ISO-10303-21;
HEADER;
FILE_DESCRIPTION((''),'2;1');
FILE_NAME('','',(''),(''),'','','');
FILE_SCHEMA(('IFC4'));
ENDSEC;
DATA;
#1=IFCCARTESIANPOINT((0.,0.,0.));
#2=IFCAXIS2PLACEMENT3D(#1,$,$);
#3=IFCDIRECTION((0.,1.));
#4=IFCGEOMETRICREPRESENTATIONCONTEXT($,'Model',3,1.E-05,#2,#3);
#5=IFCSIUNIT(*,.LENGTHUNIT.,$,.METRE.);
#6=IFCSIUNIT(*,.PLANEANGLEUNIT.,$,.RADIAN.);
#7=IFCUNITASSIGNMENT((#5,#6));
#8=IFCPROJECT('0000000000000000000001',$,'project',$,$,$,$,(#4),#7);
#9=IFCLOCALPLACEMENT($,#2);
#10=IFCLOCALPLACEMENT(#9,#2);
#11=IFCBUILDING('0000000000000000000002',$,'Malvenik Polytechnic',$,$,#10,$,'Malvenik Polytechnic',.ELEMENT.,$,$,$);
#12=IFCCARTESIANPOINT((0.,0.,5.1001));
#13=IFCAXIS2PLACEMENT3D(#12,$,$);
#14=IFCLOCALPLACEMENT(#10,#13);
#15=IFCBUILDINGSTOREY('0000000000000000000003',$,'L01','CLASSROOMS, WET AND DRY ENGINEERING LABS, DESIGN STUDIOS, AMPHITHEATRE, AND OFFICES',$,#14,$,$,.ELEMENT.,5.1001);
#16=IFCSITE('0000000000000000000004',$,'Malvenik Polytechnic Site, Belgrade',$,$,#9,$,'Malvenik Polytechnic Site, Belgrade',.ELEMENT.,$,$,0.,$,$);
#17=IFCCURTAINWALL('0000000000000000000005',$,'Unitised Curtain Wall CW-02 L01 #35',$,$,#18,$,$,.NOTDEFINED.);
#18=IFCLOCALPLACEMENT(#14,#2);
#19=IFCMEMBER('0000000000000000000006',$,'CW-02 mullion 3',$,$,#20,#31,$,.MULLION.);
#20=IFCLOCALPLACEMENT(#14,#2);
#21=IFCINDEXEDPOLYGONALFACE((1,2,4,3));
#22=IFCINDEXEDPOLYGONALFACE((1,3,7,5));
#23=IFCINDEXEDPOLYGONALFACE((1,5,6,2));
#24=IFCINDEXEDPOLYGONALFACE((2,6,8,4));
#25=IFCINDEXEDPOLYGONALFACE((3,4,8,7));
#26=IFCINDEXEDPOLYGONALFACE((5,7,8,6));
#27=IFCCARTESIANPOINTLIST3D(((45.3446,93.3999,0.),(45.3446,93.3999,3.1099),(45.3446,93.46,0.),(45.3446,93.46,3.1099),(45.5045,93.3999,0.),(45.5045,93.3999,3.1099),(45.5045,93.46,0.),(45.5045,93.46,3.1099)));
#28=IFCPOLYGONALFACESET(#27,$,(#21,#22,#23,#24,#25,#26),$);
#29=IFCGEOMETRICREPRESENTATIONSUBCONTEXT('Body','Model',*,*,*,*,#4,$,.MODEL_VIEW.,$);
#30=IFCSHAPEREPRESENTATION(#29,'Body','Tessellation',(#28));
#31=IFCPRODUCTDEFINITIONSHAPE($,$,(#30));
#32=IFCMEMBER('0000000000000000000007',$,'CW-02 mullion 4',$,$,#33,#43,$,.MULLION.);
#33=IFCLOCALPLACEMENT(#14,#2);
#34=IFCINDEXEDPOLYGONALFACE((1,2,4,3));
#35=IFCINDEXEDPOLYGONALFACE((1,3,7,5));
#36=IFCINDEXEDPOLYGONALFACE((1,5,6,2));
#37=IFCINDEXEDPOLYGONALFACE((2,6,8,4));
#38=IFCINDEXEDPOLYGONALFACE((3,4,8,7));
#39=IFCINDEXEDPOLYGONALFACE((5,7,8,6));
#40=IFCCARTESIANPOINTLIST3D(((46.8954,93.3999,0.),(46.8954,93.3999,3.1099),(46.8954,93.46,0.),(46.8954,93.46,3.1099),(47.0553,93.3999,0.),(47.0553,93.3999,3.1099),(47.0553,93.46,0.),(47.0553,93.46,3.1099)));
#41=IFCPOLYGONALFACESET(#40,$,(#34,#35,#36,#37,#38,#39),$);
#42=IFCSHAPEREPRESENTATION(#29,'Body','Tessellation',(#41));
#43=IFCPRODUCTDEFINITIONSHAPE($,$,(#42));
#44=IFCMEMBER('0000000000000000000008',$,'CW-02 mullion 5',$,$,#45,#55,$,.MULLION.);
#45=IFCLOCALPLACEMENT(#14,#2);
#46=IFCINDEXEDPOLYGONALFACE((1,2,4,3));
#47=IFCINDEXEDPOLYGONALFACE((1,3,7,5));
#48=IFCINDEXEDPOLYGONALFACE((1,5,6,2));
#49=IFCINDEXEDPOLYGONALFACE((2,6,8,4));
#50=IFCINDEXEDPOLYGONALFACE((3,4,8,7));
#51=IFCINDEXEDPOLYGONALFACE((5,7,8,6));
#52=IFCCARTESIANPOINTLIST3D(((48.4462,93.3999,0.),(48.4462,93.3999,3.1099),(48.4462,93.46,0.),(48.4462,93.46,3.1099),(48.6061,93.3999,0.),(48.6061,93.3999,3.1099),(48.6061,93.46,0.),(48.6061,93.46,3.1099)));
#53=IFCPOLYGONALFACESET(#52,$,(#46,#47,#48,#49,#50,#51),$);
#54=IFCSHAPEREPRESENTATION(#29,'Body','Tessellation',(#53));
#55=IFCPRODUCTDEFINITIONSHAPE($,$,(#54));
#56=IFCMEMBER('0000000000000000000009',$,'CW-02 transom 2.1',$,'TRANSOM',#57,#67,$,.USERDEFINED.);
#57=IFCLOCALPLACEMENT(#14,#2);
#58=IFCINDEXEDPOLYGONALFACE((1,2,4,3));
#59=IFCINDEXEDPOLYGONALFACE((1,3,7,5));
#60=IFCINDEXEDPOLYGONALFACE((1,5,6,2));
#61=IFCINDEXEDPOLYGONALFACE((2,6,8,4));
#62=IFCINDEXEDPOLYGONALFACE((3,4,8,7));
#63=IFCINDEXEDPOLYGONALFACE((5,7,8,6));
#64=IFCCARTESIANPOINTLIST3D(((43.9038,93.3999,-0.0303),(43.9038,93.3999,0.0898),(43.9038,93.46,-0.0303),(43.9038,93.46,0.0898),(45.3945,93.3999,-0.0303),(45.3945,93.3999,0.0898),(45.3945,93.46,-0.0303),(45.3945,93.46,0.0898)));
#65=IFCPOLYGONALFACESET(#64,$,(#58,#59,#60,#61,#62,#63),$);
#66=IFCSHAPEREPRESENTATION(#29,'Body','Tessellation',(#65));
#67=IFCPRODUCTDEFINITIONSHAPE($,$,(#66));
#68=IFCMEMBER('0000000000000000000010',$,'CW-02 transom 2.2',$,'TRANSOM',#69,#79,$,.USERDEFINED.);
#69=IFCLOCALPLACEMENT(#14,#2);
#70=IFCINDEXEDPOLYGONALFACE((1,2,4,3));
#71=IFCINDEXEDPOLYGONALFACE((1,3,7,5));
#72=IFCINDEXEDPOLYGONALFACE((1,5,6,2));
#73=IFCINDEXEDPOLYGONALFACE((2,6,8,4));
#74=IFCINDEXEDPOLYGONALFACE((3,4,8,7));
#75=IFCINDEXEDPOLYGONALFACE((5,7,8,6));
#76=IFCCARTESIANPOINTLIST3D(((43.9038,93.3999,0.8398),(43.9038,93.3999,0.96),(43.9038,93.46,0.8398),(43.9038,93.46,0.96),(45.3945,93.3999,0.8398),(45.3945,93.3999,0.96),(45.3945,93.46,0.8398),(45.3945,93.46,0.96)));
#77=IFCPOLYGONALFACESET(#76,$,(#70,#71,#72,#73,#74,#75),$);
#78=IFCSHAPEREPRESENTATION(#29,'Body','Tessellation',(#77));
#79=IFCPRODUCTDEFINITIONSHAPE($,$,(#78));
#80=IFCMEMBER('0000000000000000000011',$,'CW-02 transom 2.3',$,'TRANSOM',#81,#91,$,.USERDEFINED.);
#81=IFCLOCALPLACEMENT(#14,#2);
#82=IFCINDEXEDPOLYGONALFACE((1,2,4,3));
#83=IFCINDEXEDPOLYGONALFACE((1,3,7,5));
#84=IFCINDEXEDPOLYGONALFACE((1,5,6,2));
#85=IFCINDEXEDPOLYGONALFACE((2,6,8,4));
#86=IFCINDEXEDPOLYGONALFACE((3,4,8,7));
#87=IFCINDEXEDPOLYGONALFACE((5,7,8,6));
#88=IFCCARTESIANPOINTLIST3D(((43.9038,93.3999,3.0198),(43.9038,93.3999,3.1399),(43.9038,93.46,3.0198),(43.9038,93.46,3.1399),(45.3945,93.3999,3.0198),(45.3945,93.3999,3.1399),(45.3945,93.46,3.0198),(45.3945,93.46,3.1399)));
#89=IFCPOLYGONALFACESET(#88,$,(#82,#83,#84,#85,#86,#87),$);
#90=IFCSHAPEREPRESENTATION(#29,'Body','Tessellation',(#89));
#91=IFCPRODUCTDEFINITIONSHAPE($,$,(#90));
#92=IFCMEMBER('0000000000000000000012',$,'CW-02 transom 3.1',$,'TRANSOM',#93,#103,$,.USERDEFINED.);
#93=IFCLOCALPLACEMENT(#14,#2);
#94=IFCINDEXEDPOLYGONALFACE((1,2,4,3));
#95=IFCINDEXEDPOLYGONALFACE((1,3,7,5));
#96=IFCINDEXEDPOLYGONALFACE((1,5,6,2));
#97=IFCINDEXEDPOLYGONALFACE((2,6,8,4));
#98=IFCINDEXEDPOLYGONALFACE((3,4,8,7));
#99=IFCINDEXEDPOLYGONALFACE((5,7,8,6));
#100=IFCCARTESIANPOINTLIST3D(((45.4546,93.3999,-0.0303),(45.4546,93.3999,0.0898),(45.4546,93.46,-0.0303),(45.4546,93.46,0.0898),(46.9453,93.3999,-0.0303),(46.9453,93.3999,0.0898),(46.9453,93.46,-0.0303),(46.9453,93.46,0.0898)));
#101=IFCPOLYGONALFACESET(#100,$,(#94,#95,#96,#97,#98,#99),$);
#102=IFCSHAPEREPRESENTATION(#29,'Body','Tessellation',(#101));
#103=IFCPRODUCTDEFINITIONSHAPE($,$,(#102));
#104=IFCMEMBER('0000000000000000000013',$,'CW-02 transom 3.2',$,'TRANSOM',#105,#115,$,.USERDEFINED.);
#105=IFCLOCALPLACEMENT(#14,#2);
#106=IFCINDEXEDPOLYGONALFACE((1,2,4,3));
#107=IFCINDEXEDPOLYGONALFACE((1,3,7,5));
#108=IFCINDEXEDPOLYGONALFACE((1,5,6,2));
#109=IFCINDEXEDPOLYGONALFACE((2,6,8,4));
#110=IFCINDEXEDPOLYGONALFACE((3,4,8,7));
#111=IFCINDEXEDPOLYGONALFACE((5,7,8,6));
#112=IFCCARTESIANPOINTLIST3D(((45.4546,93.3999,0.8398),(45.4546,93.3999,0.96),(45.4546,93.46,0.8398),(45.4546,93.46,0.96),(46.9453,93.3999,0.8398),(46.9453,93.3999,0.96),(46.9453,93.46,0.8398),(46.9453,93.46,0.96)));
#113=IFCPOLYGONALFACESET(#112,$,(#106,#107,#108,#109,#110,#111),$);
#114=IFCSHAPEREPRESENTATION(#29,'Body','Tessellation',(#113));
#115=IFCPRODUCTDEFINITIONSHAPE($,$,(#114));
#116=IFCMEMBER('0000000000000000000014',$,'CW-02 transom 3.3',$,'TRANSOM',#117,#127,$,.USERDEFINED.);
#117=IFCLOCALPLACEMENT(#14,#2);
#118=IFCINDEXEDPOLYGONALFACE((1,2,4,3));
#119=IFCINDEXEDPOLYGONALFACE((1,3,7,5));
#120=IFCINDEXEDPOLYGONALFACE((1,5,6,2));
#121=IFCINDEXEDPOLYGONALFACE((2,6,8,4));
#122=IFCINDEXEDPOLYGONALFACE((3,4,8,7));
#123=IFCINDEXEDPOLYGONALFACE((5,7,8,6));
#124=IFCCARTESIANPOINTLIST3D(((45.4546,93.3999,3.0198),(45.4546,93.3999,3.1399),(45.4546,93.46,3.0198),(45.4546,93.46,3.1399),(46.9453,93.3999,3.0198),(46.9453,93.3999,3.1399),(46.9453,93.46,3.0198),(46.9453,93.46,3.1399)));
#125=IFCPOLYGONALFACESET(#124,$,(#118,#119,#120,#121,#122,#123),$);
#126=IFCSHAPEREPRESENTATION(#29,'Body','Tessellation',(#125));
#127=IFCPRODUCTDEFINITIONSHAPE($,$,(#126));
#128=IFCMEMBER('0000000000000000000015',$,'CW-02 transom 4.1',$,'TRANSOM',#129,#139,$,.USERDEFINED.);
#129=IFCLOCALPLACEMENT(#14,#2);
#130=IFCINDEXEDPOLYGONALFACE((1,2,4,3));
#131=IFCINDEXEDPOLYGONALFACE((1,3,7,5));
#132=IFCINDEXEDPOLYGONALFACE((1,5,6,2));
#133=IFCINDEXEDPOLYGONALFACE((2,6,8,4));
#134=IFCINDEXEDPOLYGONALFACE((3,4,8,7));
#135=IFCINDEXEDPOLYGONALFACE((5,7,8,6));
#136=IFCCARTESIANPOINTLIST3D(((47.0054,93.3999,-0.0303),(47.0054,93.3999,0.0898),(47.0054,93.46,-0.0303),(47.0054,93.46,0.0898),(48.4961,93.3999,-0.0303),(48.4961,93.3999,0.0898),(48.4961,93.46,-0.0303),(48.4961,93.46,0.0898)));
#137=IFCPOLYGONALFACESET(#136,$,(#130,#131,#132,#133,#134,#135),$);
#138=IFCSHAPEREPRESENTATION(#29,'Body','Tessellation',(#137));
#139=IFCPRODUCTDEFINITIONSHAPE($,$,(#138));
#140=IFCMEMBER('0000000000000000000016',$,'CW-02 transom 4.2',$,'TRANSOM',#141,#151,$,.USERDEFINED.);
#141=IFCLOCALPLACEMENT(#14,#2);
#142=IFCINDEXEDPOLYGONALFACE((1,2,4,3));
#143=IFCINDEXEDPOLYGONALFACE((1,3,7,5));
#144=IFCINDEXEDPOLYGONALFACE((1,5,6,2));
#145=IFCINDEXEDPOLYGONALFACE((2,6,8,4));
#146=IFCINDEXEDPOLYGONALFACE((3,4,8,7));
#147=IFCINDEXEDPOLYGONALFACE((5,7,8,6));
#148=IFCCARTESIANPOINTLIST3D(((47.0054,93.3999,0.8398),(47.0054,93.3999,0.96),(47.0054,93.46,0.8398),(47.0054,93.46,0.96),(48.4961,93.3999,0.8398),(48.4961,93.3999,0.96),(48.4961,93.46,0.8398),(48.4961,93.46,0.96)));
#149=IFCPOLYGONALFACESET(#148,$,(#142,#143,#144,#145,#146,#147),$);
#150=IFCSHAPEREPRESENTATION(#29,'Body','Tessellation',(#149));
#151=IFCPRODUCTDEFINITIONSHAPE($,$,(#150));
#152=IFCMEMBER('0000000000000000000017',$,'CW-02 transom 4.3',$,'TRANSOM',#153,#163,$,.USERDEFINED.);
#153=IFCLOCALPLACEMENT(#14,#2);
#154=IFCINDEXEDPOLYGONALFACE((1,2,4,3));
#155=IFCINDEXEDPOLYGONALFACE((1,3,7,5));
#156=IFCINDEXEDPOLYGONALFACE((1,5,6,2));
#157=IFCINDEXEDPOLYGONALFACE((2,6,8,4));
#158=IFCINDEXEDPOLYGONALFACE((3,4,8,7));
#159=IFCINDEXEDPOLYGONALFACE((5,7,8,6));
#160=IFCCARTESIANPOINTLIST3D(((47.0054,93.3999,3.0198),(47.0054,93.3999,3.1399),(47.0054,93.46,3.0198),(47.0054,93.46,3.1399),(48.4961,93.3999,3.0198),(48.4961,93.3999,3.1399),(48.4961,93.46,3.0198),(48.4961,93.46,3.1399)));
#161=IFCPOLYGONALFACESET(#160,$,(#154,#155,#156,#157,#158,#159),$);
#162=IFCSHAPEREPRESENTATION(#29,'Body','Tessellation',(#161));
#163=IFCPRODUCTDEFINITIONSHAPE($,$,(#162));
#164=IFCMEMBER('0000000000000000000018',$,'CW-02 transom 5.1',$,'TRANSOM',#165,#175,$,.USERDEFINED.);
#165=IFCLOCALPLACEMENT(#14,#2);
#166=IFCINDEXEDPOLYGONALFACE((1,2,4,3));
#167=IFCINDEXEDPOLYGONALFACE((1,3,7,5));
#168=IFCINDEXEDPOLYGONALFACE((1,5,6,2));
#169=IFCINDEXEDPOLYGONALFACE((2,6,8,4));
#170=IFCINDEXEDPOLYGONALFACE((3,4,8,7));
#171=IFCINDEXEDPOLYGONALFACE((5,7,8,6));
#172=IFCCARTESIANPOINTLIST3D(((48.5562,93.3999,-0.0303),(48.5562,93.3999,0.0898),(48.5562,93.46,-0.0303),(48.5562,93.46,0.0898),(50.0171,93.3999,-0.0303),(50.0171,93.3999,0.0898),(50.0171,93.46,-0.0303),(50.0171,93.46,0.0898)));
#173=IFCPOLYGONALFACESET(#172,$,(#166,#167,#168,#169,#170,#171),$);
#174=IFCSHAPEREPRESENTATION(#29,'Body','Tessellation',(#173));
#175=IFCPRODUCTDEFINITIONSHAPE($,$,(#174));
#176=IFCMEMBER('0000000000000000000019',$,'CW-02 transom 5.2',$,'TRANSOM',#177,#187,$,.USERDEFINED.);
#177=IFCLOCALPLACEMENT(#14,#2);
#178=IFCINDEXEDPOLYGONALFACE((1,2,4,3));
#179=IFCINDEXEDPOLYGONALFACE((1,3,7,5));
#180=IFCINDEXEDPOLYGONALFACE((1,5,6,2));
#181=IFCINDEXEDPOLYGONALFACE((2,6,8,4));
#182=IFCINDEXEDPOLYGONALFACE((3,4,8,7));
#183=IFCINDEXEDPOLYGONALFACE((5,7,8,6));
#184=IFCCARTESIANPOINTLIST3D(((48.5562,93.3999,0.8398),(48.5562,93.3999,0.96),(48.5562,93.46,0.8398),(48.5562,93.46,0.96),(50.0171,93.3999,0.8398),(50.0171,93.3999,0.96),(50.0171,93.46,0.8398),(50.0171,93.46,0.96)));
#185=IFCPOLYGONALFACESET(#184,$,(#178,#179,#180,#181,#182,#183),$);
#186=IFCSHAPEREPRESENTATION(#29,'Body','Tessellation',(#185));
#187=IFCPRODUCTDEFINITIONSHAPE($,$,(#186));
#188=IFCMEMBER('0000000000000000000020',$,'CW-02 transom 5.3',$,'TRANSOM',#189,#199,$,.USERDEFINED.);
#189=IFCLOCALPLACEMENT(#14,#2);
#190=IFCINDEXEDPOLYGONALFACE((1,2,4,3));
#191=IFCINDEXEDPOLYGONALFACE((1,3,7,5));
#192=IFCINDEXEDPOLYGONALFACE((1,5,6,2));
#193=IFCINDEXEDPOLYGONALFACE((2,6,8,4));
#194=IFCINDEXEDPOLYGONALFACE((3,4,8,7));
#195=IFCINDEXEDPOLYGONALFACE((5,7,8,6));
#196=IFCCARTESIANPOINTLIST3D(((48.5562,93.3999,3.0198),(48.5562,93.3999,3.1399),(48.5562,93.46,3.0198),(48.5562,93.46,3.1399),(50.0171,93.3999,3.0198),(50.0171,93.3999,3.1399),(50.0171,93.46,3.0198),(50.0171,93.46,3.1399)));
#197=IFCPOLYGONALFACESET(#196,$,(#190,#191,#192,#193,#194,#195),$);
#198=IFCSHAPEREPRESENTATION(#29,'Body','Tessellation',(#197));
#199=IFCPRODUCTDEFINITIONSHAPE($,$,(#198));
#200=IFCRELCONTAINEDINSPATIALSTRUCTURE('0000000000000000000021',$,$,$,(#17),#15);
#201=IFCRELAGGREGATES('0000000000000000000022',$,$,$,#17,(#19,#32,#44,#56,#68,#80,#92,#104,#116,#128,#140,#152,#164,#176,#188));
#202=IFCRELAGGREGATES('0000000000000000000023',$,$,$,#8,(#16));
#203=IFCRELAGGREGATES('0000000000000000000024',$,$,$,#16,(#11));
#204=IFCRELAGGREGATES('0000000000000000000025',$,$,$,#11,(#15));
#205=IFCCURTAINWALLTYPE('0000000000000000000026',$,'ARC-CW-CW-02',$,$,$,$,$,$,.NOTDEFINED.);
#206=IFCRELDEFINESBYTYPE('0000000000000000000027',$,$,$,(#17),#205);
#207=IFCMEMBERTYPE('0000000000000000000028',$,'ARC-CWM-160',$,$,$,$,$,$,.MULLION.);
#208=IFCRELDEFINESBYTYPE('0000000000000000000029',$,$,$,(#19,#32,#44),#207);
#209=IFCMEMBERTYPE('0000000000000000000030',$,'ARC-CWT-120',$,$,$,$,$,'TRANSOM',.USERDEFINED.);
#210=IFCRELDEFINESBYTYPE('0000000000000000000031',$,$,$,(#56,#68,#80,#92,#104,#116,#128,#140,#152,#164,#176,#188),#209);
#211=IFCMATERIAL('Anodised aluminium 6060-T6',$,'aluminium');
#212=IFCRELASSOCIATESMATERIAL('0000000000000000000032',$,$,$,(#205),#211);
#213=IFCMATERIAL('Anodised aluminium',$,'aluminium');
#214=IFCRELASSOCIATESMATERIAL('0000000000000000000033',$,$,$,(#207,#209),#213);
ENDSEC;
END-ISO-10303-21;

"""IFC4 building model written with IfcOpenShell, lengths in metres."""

from ifc_helpers import new_model, si_unit, direction, frame, origin, origin_2d, place, context, subcontext, project, spatial, rectangle, extrude, material, material_profile, profile_set, type_object, element, aggregate, save


model = new_model("IFC4")

# Units and contexts
model_context = context("Model", 3, precision=1e-05, world=origin(), true_north=direction((0.0, 1.0)))
body_context = subcontext(model_context, "Body", "Model", "MODEL_VIEW")
ifc_project = project(units=[si_unit("LENGTHUNIT", "METRE"), si_unit("PLANEANGLEUNIT", "RADIAN")], contexts=[model_context])

# Site, building, storey
site_placement = place(None, origin())
site = spatial("IfcSite", under=ifc_project, at=site_placement, Name="Malvenik Polytechnic Site, Belgrade", LongName="Malvenik Polytechnic Site, Belgrade", CompositionType="ELEMENT", RefElevation=0.0)
building_placement = place(site_placement, origin())
building = spatial("IfcBuilding", under=site, at=building_placement, Name="Malvenik Polytechnic", LongName="Malvenik Polytechnic", CompositionType="ELEMENT")
storey_placement = place(building_placement, frame((0.0, 0.0, 5.1001)))
storey = spatial("IfcBuildingStorey", under=building, at=storey_placement, Name="L01", Description="CLASSROOMS, WET AND DRY ENGINEERING LABS, DESIGN STUDIOS, AMPHITHEATRE, AND OFFICES", CompositionType="ELEMENT", Elevation=5.1001)

# Curtain wall, members
ifc_material_1 = material(Name="Anodised aluminium 6060-T6", Category="aluminium")
curtain_wall_type = type_object("IfcCurtainWallType", Name="ARC-CW-CW-02", PredefinedType="NOTDEFINED", material=ifc_material_1)
curtain_wall_placement = place(storey_placement, origin())
curtain_wall = element("IfcCurtainWall", 1, at=curtain_wall_placement, inside=storey, type_object=curtain_wall_type, Name="Unitised Curtain Wall CW-02 L01 #35", PredefinedType="NOTDEFINED")
ifc_material_2 = material(Name="Anodised aluminium", Category="aluminium")
ifc_material_profile_1 = material_profile(ifc_material_2, rectangle(XDim=0.0601, YDim=0.1599, at=origin_2d()), Name="ALU MULLION 60x160")
ifc_profile_set_1 = profile_set([ifc_material_profile_1], Name="Anodised aluminium")
member_type_1 = type_object("IfcMemberType", Name="ARC-CWM-160", PredefinedType="MULLION", material=ifc_profile_set_1)
member_1_placement = place(storey_placement, frame((45.4246, 93.4299, 0.0), z_axis=(0.0, 0.0, 1.0), x_axis=(0.0, 1.0, 0.0)))
member_1 = element("IfcMember", 2, at=member_1_placement, type_object=member_type_1, Name="CW-02 mullion 3", PredefinedType="MULLION", context=body_context, shape_type="SweptSolid", body=[
    extrude(rectangle(XDim=0.0601, YDim=0.1599, at=origin_2d()), origin(), (0.0, 0.0, 1.0), 3.1099),
])
member_2_placement = place(storey_placement, frame((46.9753, 93.4299, 0.0), z_axis=(0.0, 0.0, 1.0), x_axis=(0.0, 1.0, 0.0)))
member_2 = element("IfcMember", 3, at=member_2_placement, type_object=member_type_1, Name="CW-02 mullion 4", PredefinedType="MULLION", context=body_context, shape_type="SweptSolid", body=[
    extrude(rectangle(XDim=0.0601, YDim=0.1599, at=origin_2d()), origin(), (0.0, 0.0, 1.0), 3.1099),
])
member_3_placement = place(storey_placement, frame((48.5261, 93.4299, 0.0), z_axis=(0.0, 0.0, 1.0), x_axis=(0.0, 1.0, 0.0)))
member_3 = element("IfcMember", 4, at=member_3_placement, type_object=member_type_1, Name="CW-02 mullion 5", PredefinedType="MULLION", context=body_context, shape_type="SweptSolid", body=[
    extrude(rectangle(XDim=0.0601, YDim=0.1599, at=origin_2d()), origin(), (0.0, 0.0, 1.0), 3.1099),
])
ifc_material_profile_2 = material_profile(ifc_material_2, rectangle(XDim=0.0601, YDim=0.1201, at=origin_2d()), Name="ALU TRANSOM 60x120")
ifc_profile_set_2 = profile_set([ifc_material_profile_2], Name="Anodised aluminium")
member_type_2 = type_object("IfcMemberType", Name="ARC-CWT-120", ElementType="TRANSOM", PredefinedType="USERDEFINED", material=ifc_profile_set_2)
member_4_placement = place(storey_placement, frame((43.9038, 93.4299, 0.0298), z_axis=(1.0, 0.0, 0.0), x_axis=(0.0, 1.0, 0.0)))
member_4 = element("IfcMember", 5, at=member_4_placement, type_object=member_type_2, Name="CW-02 transom 2.1", ObjectType="TRANSOM", PredefinedType="USERDEFINED", context=body_context, shape_type="SweptSolid", body=[
    extrude(rectangle(XDim=0.0601, YDim=0.1201, at=origin_2d()), origin(), (0.0, 0.0, 1.0), 1.4907),
])
member_5_placement = place(storey_placement, frame((43.9038, 93.4299, 0.8999), z_axis=(1.0, 0.0, 0.0), x_axis=(0.0, 1.0, 0.0)))
member_5 = element("IfcMember", 6, at=member_5_placement, type_object=member_type_2, Name="CW-02 transom 2.2", ObjectType="TRANSOM", PredefinedType="USERDEFINED", context=body_context, shape_type="SweptSolid", body=[
    extrude(rectangle(XDim=0.0601, YDim=0.1201, at=origin_2d()), origin(), (0.0, 0.0, 1.0), 1.4907),
])
member_6_placement = place(storey_placement, frame((43.9038, 93.4299, 3.0798), z_axis=(1.0, 0.0, 0.0), x_axis=(0.0, 1.0, 0.0)))
member_6 = element("IfcMember", 7, at=member_6_placement, type_object=member_type_2, Name="CW-02 transom 2.3", ObjectType="TRANSOM", PredefinedType="USERDEFINED", context=body_context, shape_type="SweptSolid", body=[
    extrude(rectangle(XDim=0.0601, YDim=0.1201, at=origin_2d()), origin(), (0.0, 0.0, 1.0), 1.4907),
])
member_7_placement = place(storey_placement, frame((45.4546, 93.4299, 0.0298), z_axis=(1.0, 0.0, 0.0), x_axis=(0.0, 1.0, 0.0)))
member_7 = element("IfcMember", 8, at=member_7_placement, type_object=member_type_2, Name="CW-02 transom 3.1", ObjectType="TRANSOM", PredefinedType="USERDEFINED", context=body_context, shape_type="SweptSolid", body=[
    extrude(rectangle(XDim=0.0601, YDim=0.1201, at=origin_2d()), origin(), (0.0, 0.0, 1.0), 1.4907),
])
member_8_placement = place(storey_placement, frame((45.4546, 93.4299, 0.8999), z_axis=(1.0, 0.0, 0.0), x_axis=(0.0, 1.0, 0.0)))
member_8 = element("IfcMember", 9, at=member_8_placement, type_object=member_type_2, Name="CW-02 transom 3.2", ObjectType="TRANSOM", PredefinedType="USERDEFINED", context=body_context, shape_type="SweptSolid", body=[
    extrude(rectangle(XDim=0.0601, YDim=0.1201, at=origin_2d()), origin(), (0.0, 0.0, 1.0), 1.4907),
])
member_9_placement = place(storey_placement, frame((45.4546, 93.4299, 3.0798), z_axis=(1.0, 0.0, 0.0), x_axis=(0.0, 1.0, 0.0)))
member_9 = element("IfcMember", 10, at=member_9_placement, type_object=member_type_2, Name="CW-02 transom 3.3", ObjectType="TRANSOM", PredefinedType="USERDEFINED", context=body_context, shape_type="SweptSolid", body=[
    extrude(rectangle(XDim=0.0601, YDim=0.1201, at=origin_2d()), origin(), (0.0, 0.0, 1.0), 1.4907),
])
member_10_placement = place(storey_placement, frame((47.0054, 93.4299, 0.0298), z_axis=(1.0, 0.0, 0.0), x_axis=(0.0, 1.0, 0.0)))
member_10 = element("IfcMember", 11, at=member_10_placement, type_object=member_type_2, Name="CW-02 transom 4.1", ObjectType="TRANSOM", PredefinedType="USERDEFINED", context=body_context, shape_type="SweptSolid", body=[
    extrude(rectangle(XDim=0.0601, YDim=0.1201, at=origin_2d()), origin(), (0.0, 0.0, 1.0), 1.4907),
])
member_11_placement = place(storey_placement, frame((47.0054, 93.4299, 0.8999), z_axis=(1.0, 0.0, 0.0), x_axis=(0.0, 1.0, 0.0)))
member_11 = element("IfcMember", 12, at=member_11_placement, type_object=member_type_2, Name="CW-02 transom 4.2", ObjectType="TRANSOM", PredefinedType="USERDEFINED", context=body_context, shape_type="SweptSolid", body=[
    extrude(rectangle(XDim=0.0601, YDim=0.1201, at=origin_2d()), origin(), (0.0, 0.0, 1.0), 1.4907),
])
member_12_placement = place(storey_placement, frame((47.0054, 93.4299, 3.0798), z_axis=(1.0, 0.0, 0.0), x_axis=(0.0, 1.0, 0.0)))
member_12 = element("IfcMember", 13, at=member_12_placement, type_object=member_type_2, Name="CW-02 transom 4.3", ObjectType="TRANSOM", PredefinedType="USERDEFINED", context=body_context, shape_type="SweptSolid", body=[
    extrude(rectangle(XDim=0.0601, YDim=0.1201, at=origin_2d()), origin(), (0.0, 0.0, 1.0), 1.4907),
])
member_13_placement = place(storey_placement, frame((48.5562, 93.4299, 0.0298), z_axis=(1.0, 0.0, 0.0), x_axis=(0.0, 1.0, 0.0)))
member_13 = element("IfcMember", 14, at=member_13_placement, type_object=member_type_2, Name="CW-02 transom 5.1", ObjectType="TRANSOM", PredefinedType="USERDEFINED", context=body_context, shape_type="SweptSolid", body=[
    extrude(rectangle(XDim=0.0601, YDim=0.1201, at=origin_2d()), origin(), (0.0, 0.0, 1.0), 1.4609),
])
member_14_placement = place(storey_placement, frame((48.5562, 93.4299, 0.8999), z_axis=(1.0, 0.0, 0.0), x_axis=(0.0, 1.0, 0.0)))
member_14 = element("IfcMember", 15, at=member_14_placement, type_object=member_type_2, Name="CW-02 transom 5.2", ObjectType="TRANSOM", PredefinedType="USERDEFINED", context=body_context, shape_type="SweptSolid", body=[
    extrude(rectangle(XDim=0.0601, YDim=0.1201, at=origin_2d()), origin(), (0.0, 0.0, 1.0), 1.4609),
])
member_15_placement = place(storey_placement, frame((48.5562, 93.4299, 3.0798), z_axis=(1.0, 0.0, 0.0), x_axis=(0.0, 1.0, 0.0)))
member_15 = element("IfcMember", 16, at=member_15_placement, type_object=member_type_2, Name="CW-02 transom 5.3", ObjectType="TRANSOM", PredefinedType="USERDEFINED", context=body_context, shape_type="SweptSolid", body=[
    extrude(rectangle(XDim=0.0601, YDim=0.1201, at=origin_2d()), origin(), (0.0, 0.0, 1.0), 1.4609),
])
aggregate(curtain_wall, [member_1, member_2, member_3, member_4, member_5, member_6, member_7, member_8, member_9, member_10, member_11, member_12, member_13, member_14, member_15])

save(model, "model.ifc")
